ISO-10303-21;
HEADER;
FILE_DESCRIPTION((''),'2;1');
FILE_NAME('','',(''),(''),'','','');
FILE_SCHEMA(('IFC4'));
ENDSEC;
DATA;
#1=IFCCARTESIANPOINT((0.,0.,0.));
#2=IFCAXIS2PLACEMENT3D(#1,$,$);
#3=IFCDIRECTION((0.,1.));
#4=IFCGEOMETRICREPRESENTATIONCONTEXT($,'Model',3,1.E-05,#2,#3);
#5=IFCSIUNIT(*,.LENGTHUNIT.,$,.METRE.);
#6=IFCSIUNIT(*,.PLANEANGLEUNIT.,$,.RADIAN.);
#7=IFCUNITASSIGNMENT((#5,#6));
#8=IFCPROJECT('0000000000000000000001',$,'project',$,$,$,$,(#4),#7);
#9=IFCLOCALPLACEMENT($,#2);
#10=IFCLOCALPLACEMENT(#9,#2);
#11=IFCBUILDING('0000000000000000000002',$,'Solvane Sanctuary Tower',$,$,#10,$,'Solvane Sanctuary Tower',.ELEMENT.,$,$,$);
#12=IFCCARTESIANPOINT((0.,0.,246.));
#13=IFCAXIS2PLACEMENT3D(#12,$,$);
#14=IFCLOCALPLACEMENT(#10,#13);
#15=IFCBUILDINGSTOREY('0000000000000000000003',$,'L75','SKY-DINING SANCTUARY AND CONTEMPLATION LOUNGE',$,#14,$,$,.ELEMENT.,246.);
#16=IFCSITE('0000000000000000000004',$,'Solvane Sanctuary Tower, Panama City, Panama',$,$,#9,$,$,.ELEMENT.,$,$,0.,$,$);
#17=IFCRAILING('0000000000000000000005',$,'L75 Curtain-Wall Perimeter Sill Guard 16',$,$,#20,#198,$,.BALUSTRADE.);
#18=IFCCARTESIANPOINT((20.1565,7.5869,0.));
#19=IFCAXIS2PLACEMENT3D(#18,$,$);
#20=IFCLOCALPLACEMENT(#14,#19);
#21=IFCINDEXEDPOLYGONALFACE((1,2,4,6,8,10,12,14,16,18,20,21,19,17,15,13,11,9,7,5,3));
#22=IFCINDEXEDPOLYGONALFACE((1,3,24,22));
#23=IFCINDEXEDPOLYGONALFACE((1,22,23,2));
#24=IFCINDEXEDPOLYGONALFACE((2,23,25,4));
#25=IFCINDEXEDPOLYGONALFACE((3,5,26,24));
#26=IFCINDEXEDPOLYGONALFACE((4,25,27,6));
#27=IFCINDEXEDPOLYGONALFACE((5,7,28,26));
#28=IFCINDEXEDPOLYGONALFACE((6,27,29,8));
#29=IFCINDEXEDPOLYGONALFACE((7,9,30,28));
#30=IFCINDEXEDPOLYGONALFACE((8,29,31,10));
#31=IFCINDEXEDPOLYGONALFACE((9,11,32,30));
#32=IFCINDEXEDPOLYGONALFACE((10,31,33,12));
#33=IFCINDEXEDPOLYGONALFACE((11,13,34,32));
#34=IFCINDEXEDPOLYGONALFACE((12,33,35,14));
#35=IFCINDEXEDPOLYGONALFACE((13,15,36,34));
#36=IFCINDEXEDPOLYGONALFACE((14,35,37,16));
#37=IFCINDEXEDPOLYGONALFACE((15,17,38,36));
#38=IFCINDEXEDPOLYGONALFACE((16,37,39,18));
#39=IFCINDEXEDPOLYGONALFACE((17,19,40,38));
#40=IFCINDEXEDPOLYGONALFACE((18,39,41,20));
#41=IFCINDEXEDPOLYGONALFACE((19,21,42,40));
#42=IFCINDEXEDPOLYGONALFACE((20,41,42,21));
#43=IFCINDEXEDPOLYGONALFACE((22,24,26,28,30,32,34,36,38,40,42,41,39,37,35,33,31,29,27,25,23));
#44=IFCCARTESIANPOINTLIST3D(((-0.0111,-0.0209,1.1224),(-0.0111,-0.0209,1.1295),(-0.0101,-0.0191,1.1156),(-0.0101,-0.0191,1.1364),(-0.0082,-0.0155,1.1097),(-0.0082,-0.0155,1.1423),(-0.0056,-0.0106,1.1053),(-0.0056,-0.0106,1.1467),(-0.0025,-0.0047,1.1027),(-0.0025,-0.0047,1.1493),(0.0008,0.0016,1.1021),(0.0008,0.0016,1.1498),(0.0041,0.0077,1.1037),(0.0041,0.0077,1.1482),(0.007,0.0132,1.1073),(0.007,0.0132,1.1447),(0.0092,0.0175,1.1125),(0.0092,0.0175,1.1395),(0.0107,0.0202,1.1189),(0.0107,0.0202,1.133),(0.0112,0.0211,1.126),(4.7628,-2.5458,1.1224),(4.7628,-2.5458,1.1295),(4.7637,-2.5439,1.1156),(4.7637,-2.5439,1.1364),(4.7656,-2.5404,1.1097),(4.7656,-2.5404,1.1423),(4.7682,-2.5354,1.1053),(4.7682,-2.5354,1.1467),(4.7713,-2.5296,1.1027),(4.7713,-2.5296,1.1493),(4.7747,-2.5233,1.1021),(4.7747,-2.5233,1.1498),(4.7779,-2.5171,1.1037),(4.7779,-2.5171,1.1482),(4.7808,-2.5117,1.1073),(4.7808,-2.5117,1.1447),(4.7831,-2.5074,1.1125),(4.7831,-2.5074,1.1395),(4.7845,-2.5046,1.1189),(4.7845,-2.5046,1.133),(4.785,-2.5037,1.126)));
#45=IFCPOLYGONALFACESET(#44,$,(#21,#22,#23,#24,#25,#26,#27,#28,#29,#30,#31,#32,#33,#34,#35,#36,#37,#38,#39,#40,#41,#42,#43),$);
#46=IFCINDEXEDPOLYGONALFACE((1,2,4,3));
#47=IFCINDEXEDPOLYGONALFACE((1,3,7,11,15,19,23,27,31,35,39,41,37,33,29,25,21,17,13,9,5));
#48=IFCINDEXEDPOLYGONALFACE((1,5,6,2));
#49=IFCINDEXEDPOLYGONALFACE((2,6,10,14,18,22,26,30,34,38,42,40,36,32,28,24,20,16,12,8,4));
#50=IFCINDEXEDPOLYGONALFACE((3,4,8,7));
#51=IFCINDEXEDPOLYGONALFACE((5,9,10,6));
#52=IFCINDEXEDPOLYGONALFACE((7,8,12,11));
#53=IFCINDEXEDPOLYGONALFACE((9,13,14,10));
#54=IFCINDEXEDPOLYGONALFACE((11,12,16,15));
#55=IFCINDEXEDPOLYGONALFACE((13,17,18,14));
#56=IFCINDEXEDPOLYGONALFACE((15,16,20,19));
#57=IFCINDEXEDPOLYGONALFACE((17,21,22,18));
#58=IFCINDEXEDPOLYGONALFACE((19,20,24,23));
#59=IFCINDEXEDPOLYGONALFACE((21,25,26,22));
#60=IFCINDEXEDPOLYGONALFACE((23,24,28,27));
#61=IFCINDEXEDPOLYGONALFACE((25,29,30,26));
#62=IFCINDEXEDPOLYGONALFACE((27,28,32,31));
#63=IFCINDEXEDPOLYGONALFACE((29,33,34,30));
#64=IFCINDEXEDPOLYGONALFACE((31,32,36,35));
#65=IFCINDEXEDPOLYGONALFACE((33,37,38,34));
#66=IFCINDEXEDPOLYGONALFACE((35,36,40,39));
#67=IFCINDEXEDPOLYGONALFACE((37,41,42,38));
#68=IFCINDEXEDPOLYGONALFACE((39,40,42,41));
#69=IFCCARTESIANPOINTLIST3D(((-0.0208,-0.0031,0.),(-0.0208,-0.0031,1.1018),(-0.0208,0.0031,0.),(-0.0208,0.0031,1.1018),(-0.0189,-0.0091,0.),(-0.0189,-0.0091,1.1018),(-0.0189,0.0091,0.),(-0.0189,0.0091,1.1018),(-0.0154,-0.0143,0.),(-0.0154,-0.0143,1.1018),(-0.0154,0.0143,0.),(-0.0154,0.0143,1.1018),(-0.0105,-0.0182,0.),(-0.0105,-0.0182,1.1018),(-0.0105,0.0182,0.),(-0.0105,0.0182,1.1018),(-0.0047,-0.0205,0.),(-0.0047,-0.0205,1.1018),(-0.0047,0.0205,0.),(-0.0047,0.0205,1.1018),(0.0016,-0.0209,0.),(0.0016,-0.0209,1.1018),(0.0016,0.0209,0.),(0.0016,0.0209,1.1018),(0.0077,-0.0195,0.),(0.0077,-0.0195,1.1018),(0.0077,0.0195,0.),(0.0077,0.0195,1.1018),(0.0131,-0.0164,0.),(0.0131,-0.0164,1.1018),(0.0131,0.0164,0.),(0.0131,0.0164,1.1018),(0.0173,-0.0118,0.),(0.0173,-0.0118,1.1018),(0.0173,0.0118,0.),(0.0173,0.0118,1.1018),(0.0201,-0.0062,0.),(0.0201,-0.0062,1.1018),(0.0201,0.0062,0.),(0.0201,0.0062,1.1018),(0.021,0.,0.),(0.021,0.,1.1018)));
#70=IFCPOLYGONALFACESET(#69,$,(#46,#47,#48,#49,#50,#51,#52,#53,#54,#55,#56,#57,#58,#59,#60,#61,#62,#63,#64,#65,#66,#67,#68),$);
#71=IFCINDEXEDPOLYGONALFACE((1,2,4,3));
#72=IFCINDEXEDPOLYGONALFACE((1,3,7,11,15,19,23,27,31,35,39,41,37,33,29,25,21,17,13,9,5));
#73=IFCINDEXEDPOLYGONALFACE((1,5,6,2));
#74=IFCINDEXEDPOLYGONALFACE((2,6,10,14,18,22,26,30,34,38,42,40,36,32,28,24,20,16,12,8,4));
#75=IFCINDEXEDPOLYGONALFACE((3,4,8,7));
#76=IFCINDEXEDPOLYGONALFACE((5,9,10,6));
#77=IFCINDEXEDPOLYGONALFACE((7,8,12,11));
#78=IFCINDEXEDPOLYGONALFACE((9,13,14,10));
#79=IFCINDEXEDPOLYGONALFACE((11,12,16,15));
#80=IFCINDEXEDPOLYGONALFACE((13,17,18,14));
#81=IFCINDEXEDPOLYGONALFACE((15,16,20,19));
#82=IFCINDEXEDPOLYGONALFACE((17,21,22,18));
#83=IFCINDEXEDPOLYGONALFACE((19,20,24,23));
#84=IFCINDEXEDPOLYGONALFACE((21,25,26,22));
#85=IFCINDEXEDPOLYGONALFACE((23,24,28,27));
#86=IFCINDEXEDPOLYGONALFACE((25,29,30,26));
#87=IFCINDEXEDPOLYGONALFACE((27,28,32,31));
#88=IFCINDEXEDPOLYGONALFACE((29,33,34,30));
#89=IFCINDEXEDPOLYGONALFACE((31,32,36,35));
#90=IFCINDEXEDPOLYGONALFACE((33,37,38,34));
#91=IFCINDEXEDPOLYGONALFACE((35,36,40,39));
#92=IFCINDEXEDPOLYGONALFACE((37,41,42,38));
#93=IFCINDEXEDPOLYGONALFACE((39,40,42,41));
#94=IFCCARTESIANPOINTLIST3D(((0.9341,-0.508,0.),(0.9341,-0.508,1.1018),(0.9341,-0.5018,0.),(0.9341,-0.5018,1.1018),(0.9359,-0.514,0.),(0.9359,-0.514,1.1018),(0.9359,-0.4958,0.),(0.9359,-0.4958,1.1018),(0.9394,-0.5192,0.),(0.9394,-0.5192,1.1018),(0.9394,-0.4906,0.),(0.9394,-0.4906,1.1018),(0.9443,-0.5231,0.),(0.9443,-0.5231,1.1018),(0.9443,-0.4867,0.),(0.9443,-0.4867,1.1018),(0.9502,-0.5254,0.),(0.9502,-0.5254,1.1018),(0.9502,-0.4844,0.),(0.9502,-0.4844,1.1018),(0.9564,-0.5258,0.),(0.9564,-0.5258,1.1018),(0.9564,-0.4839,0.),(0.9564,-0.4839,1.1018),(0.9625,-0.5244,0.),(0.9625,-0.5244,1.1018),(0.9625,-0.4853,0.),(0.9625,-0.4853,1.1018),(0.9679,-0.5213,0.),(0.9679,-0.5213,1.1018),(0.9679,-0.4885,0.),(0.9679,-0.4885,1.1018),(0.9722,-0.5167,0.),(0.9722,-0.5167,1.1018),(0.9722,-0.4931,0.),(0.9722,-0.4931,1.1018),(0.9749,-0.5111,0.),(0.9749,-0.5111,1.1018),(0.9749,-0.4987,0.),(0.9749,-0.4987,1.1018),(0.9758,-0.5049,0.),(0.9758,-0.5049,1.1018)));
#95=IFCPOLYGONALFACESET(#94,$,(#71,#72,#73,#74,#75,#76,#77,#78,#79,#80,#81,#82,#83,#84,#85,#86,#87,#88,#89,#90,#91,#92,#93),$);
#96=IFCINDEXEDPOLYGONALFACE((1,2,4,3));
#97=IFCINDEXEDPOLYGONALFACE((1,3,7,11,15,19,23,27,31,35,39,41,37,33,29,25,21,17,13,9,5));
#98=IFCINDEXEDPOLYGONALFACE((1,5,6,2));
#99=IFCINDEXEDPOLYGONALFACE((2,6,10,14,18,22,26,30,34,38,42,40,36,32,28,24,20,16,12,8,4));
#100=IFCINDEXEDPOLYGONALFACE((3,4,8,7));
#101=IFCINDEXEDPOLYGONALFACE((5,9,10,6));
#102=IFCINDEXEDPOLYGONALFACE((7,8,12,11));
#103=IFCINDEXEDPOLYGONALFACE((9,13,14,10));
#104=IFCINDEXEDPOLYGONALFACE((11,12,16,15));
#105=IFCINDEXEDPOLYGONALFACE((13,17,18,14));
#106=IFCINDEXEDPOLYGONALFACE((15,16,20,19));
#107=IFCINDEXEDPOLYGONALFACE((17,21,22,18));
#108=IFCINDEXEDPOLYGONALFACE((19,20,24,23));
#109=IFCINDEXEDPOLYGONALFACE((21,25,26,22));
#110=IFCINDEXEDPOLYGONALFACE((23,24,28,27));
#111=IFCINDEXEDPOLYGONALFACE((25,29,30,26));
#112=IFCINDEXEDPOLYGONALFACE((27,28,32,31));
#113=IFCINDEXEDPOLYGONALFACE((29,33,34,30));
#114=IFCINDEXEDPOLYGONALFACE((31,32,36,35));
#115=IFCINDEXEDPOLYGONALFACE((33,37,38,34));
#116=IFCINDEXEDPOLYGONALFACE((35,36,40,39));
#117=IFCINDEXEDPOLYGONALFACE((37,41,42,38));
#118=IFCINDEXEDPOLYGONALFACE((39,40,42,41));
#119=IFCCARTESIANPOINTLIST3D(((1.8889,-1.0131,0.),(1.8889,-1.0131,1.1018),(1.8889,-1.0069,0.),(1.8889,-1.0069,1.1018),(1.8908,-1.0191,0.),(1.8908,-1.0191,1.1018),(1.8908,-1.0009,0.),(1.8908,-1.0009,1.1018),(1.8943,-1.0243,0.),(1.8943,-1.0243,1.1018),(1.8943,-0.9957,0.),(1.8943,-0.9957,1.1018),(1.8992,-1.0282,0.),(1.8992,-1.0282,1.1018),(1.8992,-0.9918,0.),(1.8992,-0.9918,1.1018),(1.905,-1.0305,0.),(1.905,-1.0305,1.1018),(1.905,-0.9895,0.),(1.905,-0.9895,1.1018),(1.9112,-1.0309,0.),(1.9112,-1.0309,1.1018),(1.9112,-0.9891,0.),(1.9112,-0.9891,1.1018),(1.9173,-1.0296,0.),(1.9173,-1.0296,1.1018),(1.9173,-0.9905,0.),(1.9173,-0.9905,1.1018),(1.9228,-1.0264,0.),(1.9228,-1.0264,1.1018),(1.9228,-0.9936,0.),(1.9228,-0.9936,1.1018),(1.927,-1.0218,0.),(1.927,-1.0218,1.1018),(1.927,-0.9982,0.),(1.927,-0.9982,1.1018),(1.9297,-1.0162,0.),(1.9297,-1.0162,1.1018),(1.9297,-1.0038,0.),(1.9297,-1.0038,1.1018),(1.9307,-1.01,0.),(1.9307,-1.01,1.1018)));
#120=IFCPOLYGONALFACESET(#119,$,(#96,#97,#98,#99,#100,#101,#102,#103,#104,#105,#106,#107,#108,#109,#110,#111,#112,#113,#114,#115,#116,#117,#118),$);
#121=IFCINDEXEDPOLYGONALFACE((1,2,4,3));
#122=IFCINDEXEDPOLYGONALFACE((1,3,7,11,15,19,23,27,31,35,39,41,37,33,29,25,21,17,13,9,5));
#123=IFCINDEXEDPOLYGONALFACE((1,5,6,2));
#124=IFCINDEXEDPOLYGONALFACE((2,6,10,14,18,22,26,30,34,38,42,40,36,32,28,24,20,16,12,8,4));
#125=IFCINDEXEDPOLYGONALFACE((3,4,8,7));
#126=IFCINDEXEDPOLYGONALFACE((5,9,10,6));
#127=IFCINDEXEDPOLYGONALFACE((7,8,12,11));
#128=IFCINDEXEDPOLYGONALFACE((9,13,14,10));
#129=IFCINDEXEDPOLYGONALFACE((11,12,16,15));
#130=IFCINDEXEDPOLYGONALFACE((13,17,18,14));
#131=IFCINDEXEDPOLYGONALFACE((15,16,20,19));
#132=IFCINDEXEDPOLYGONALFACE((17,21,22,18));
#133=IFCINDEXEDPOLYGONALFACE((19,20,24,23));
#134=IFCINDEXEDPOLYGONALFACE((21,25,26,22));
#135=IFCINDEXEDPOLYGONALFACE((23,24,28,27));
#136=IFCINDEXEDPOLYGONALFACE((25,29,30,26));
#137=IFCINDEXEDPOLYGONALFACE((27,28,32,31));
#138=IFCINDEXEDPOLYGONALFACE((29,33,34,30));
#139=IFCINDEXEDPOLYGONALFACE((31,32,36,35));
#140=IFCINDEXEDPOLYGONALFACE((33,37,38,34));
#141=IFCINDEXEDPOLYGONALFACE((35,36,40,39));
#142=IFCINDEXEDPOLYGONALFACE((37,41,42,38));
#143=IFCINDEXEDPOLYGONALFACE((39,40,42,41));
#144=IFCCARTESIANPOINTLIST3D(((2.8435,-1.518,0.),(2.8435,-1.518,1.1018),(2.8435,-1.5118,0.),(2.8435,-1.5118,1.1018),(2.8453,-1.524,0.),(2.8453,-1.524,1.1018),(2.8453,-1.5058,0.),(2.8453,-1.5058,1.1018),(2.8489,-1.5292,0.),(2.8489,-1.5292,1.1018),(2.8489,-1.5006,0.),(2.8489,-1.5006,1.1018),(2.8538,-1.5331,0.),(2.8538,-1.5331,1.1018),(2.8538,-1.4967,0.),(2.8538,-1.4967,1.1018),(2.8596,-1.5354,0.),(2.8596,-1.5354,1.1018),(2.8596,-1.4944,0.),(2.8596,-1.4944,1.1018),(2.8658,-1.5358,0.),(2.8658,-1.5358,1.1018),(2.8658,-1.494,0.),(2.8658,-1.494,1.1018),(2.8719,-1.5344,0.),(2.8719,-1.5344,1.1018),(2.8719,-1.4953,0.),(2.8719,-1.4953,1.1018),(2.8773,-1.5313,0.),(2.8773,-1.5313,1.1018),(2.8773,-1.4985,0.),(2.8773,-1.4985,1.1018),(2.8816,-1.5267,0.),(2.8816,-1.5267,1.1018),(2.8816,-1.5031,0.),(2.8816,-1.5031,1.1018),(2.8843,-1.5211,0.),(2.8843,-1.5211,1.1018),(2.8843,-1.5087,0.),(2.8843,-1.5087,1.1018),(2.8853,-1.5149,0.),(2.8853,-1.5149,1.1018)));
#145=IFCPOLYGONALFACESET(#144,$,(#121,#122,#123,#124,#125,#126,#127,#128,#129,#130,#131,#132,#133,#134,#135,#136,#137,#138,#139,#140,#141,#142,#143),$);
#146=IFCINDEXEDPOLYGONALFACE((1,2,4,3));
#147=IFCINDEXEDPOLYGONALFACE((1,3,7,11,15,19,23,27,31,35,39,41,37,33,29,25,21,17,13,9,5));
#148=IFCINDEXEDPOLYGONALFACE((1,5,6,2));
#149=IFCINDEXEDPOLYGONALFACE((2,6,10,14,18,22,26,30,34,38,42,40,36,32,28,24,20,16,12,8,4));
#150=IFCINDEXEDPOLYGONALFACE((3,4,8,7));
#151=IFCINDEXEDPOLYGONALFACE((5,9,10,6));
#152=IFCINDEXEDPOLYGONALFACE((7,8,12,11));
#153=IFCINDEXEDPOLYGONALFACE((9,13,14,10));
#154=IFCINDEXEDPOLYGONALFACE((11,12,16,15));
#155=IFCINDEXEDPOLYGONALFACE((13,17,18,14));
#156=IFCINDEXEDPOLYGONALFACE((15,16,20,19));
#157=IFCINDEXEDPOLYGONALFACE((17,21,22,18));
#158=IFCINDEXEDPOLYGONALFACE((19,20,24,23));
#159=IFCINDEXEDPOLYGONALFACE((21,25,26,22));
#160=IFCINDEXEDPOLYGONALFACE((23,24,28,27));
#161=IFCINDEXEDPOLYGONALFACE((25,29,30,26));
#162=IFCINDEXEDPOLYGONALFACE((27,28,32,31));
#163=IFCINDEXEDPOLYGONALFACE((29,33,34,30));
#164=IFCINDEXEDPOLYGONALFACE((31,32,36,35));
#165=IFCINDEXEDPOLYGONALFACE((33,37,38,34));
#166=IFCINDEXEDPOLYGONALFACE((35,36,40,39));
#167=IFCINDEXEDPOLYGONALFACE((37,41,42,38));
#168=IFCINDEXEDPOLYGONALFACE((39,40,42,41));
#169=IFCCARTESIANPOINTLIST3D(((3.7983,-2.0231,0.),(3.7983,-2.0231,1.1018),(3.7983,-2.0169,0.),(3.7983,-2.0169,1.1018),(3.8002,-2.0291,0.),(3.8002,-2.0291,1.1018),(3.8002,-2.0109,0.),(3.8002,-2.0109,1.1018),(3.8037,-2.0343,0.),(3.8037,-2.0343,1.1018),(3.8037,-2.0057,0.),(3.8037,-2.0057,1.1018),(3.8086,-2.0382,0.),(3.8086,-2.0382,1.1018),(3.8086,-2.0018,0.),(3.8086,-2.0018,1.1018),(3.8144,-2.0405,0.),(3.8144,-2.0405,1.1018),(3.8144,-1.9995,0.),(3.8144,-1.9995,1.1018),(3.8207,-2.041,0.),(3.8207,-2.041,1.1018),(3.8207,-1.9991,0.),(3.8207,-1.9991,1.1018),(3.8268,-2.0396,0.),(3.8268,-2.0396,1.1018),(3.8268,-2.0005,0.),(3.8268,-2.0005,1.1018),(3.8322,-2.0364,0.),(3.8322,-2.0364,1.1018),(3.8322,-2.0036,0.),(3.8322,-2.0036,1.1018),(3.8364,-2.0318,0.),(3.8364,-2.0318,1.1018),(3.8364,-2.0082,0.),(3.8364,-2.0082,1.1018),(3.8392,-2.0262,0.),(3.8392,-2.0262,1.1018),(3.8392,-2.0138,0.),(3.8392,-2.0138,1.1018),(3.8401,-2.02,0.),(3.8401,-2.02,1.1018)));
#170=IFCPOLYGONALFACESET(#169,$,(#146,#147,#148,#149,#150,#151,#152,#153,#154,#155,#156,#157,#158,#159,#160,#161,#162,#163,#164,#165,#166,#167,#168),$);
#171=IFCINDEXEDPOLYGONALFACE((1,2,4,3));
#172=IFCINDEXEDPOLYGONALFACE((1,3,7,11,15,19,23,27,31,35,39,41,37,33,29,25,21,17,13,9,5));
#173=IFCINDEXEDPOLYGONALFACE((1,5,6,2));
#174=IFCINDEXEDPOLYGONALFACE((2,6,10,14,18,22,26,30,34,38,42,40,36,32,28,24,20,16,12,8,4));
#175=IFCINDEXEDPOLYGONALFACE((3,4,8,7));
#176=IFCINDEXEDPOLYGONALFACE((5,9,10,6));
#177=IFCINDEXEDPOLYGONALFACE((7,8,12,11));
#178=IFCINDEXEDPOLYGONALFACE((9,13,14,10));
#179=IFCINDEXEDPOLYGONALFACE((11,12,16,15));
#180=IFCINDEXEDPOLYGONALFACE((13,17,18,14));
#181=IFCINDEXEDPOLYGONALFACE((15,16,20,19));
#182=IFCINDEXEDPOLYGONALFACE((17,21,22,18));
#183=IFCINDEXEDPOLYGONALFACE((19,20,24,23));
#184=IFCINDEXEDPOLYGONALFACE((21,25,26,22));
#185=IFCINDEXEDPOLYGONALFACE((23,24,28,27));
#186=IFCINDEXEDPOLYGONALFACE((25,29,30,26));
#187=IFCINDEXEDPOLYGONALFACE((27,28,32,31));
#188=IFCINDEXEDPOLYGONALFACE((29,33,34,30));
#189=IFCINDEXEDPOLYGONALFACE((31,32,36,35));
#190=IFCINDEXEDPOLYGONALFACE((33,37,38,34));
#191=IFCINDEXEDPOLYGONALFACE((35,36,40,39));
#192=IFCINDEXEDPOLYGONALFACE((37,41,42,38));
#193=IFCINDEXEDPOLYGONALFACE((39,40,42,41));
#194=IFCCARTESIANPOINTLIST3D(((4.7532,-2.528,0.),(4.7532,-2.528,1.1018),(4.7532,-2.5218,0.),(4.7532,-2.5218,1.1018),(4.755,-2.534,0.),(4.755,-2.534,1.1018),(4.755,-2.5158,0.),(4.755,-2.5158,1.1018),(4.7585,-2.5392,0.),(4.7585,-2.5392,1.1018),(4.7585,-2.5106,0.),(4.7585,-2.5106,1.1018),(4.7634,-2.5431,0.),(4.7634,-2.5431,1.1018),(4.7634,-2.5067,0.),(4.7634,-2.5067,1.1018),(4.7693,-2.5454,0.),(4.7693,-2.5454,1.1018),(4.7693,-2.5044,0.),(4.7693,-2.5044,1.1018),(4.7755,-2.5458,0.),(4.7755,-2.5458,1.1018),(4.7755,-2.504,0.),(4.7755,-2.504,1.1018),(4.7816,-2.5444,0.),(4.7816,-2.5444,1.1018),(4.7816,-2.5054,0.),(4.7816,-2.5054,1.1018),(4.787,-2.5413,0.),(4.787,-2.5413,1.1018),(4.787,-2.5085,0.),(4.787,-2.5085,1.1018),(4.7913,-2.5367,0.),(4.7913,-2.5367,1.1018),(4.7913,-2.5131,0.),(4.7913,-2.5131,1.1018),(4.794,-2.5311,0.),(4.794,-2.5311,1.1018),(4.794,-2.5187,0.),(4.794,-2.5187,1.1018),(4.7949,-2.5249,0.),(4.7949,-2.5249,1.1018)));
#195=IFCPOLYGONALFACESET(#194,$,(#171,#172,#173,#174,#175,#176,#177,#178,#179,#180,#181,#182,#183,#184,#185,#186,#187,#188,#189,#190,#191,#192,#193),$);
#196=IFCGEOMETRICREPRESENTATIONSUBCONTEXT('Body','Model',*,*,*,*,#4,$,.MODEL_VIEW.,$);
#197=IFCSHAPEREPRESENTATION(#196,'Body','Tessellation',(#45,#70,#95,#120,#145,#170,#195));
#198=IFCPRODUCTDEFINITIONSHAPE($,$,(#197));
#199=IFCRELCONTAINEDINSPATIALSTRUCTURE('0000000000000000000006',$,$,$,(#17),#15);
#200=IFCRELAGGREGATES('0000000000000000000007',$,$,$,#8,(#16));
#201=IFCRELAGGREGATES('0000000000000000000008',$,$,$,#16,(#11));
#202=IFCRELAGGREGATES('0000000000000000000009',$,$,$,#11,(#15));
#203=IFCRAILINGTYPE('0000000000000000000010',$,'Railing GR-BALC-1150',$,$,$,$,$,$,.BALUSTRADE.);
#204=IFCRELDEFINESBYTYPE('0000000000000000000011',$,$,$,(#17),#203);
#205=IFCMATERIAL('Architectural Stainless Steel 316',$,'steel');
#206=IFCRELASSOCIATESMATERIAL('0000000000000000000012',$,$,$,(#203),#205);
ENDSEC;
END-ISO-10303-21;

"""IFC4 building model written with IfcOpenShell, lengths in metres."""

from ifc_helpers import new_model, si_unit, direction, frame, origin, origin_2d, place, context, subcontext, project, spatial, circle, extrude, material, type_object, element, save


model = new_model("IFC4")

# Units and contexts
model_context = context("Model", 3, precision=1e-05, world=origin(), true_north=direction((0.0, 1.0)))
body_context = subcontext(model_context, "Body", "Model", "MODEL_VIEW")
ifc_project = project(units=[si_unit("LENGTHUNIT", "METRE"), si_unit("PLANEANGLEUNIT", "RADIAN")], contexts=[model_context])

# Site, building, storey
site_placement = place(None, origin())
site = spatial("IfcSite", under=ifc_project, at=site_placement, Name="Solvane Sanctuary Tower, Panama City, Panama", CompositionType="ELEMENT", RefElevation=0.0)
building_placement = place(site_placement, origin())
building = spatial("IfcBuilding", under=site, at=building_placement, Name="Solvane Sanctuary Tower", LongName="Solvane Sanctuary Tower", CompositionType="ELEMENT")
storey_placement = place(building_placement, frame((0.0, 0.0, 246.0)))
storey = spatial("IfcBuildingStorey", under=building, at=storey_placement, Name="L75", Description="SKY-DINING SANCTUARY AND CONTEMPLATION LOUNGE", CompositionType="ELEMENT", Elevation=246.0)

# Shared definitions
ifc_material_1 = material(Name="Architectural Stainless Steel 316", Category="steel")

# Railing
railing_type_1 = type_object("IfcRailingType", Name="Railing GR-BALC-1150", PredefinedType="BALUSTRADE", material=ifc_material_1)
railing_1_placement = place(storey_placement, frame((20.1565, 7.5869, 0.0)))
element("IfcRailing", 1, at=railing_1_placement, inside=storey, type_object=railing_type_1, Name="L75 Curtain-Wall Perimeter Sill Guard 16", PredefinedType="BALUSTRADE", context=body_context, shape_type="SweptSolid", body=[
    extrude(circle(Radius=0.0239, at=origin_2d()), frame((0.0, 0.0, 1.126), z_axis=(0.883977, -0.46753, 0.0), x_axis=(0.46753, 0.883977, 0.0)), (0.0, 0.0, 1.0), 5.4004),
    extrude(circle(Radius=0.021, at=origin_2d()), origin(), (0.0, 0.0, 1.0), 1.1018),
    extrude(circle(Radius=0.021, at=origin_2d()), frame((0.9548, -0.5049, 0.0)), (0.0, 0.0, 1.0), 1.1018),
    extrude(circle(Radius=0.021, at=origin_2d()), frame((1.9097, -1.01, 0.0)), (0.0, 0.0, 1.0), 1.1018),
    extrude(circle(Radius=0.021, at=origin_2d()), frame((2.8643, -1.5149, 0.0)), (0.0, 0.0, 1.0), 1.1018),
    extrude(circle(Radius=0.021, at=origin_2d()), frame((3.8191, -2.02, 0.0)), (0.0, 0.0, 1.0), 1.1018),
    extrude(circle(Radius=0.021, at=origin_2d()), frame((4.7739, -2.5249, 0.0)), (0.0, 0.0, 1.0), 1.1018),
])

save(model, "model.ifc")
